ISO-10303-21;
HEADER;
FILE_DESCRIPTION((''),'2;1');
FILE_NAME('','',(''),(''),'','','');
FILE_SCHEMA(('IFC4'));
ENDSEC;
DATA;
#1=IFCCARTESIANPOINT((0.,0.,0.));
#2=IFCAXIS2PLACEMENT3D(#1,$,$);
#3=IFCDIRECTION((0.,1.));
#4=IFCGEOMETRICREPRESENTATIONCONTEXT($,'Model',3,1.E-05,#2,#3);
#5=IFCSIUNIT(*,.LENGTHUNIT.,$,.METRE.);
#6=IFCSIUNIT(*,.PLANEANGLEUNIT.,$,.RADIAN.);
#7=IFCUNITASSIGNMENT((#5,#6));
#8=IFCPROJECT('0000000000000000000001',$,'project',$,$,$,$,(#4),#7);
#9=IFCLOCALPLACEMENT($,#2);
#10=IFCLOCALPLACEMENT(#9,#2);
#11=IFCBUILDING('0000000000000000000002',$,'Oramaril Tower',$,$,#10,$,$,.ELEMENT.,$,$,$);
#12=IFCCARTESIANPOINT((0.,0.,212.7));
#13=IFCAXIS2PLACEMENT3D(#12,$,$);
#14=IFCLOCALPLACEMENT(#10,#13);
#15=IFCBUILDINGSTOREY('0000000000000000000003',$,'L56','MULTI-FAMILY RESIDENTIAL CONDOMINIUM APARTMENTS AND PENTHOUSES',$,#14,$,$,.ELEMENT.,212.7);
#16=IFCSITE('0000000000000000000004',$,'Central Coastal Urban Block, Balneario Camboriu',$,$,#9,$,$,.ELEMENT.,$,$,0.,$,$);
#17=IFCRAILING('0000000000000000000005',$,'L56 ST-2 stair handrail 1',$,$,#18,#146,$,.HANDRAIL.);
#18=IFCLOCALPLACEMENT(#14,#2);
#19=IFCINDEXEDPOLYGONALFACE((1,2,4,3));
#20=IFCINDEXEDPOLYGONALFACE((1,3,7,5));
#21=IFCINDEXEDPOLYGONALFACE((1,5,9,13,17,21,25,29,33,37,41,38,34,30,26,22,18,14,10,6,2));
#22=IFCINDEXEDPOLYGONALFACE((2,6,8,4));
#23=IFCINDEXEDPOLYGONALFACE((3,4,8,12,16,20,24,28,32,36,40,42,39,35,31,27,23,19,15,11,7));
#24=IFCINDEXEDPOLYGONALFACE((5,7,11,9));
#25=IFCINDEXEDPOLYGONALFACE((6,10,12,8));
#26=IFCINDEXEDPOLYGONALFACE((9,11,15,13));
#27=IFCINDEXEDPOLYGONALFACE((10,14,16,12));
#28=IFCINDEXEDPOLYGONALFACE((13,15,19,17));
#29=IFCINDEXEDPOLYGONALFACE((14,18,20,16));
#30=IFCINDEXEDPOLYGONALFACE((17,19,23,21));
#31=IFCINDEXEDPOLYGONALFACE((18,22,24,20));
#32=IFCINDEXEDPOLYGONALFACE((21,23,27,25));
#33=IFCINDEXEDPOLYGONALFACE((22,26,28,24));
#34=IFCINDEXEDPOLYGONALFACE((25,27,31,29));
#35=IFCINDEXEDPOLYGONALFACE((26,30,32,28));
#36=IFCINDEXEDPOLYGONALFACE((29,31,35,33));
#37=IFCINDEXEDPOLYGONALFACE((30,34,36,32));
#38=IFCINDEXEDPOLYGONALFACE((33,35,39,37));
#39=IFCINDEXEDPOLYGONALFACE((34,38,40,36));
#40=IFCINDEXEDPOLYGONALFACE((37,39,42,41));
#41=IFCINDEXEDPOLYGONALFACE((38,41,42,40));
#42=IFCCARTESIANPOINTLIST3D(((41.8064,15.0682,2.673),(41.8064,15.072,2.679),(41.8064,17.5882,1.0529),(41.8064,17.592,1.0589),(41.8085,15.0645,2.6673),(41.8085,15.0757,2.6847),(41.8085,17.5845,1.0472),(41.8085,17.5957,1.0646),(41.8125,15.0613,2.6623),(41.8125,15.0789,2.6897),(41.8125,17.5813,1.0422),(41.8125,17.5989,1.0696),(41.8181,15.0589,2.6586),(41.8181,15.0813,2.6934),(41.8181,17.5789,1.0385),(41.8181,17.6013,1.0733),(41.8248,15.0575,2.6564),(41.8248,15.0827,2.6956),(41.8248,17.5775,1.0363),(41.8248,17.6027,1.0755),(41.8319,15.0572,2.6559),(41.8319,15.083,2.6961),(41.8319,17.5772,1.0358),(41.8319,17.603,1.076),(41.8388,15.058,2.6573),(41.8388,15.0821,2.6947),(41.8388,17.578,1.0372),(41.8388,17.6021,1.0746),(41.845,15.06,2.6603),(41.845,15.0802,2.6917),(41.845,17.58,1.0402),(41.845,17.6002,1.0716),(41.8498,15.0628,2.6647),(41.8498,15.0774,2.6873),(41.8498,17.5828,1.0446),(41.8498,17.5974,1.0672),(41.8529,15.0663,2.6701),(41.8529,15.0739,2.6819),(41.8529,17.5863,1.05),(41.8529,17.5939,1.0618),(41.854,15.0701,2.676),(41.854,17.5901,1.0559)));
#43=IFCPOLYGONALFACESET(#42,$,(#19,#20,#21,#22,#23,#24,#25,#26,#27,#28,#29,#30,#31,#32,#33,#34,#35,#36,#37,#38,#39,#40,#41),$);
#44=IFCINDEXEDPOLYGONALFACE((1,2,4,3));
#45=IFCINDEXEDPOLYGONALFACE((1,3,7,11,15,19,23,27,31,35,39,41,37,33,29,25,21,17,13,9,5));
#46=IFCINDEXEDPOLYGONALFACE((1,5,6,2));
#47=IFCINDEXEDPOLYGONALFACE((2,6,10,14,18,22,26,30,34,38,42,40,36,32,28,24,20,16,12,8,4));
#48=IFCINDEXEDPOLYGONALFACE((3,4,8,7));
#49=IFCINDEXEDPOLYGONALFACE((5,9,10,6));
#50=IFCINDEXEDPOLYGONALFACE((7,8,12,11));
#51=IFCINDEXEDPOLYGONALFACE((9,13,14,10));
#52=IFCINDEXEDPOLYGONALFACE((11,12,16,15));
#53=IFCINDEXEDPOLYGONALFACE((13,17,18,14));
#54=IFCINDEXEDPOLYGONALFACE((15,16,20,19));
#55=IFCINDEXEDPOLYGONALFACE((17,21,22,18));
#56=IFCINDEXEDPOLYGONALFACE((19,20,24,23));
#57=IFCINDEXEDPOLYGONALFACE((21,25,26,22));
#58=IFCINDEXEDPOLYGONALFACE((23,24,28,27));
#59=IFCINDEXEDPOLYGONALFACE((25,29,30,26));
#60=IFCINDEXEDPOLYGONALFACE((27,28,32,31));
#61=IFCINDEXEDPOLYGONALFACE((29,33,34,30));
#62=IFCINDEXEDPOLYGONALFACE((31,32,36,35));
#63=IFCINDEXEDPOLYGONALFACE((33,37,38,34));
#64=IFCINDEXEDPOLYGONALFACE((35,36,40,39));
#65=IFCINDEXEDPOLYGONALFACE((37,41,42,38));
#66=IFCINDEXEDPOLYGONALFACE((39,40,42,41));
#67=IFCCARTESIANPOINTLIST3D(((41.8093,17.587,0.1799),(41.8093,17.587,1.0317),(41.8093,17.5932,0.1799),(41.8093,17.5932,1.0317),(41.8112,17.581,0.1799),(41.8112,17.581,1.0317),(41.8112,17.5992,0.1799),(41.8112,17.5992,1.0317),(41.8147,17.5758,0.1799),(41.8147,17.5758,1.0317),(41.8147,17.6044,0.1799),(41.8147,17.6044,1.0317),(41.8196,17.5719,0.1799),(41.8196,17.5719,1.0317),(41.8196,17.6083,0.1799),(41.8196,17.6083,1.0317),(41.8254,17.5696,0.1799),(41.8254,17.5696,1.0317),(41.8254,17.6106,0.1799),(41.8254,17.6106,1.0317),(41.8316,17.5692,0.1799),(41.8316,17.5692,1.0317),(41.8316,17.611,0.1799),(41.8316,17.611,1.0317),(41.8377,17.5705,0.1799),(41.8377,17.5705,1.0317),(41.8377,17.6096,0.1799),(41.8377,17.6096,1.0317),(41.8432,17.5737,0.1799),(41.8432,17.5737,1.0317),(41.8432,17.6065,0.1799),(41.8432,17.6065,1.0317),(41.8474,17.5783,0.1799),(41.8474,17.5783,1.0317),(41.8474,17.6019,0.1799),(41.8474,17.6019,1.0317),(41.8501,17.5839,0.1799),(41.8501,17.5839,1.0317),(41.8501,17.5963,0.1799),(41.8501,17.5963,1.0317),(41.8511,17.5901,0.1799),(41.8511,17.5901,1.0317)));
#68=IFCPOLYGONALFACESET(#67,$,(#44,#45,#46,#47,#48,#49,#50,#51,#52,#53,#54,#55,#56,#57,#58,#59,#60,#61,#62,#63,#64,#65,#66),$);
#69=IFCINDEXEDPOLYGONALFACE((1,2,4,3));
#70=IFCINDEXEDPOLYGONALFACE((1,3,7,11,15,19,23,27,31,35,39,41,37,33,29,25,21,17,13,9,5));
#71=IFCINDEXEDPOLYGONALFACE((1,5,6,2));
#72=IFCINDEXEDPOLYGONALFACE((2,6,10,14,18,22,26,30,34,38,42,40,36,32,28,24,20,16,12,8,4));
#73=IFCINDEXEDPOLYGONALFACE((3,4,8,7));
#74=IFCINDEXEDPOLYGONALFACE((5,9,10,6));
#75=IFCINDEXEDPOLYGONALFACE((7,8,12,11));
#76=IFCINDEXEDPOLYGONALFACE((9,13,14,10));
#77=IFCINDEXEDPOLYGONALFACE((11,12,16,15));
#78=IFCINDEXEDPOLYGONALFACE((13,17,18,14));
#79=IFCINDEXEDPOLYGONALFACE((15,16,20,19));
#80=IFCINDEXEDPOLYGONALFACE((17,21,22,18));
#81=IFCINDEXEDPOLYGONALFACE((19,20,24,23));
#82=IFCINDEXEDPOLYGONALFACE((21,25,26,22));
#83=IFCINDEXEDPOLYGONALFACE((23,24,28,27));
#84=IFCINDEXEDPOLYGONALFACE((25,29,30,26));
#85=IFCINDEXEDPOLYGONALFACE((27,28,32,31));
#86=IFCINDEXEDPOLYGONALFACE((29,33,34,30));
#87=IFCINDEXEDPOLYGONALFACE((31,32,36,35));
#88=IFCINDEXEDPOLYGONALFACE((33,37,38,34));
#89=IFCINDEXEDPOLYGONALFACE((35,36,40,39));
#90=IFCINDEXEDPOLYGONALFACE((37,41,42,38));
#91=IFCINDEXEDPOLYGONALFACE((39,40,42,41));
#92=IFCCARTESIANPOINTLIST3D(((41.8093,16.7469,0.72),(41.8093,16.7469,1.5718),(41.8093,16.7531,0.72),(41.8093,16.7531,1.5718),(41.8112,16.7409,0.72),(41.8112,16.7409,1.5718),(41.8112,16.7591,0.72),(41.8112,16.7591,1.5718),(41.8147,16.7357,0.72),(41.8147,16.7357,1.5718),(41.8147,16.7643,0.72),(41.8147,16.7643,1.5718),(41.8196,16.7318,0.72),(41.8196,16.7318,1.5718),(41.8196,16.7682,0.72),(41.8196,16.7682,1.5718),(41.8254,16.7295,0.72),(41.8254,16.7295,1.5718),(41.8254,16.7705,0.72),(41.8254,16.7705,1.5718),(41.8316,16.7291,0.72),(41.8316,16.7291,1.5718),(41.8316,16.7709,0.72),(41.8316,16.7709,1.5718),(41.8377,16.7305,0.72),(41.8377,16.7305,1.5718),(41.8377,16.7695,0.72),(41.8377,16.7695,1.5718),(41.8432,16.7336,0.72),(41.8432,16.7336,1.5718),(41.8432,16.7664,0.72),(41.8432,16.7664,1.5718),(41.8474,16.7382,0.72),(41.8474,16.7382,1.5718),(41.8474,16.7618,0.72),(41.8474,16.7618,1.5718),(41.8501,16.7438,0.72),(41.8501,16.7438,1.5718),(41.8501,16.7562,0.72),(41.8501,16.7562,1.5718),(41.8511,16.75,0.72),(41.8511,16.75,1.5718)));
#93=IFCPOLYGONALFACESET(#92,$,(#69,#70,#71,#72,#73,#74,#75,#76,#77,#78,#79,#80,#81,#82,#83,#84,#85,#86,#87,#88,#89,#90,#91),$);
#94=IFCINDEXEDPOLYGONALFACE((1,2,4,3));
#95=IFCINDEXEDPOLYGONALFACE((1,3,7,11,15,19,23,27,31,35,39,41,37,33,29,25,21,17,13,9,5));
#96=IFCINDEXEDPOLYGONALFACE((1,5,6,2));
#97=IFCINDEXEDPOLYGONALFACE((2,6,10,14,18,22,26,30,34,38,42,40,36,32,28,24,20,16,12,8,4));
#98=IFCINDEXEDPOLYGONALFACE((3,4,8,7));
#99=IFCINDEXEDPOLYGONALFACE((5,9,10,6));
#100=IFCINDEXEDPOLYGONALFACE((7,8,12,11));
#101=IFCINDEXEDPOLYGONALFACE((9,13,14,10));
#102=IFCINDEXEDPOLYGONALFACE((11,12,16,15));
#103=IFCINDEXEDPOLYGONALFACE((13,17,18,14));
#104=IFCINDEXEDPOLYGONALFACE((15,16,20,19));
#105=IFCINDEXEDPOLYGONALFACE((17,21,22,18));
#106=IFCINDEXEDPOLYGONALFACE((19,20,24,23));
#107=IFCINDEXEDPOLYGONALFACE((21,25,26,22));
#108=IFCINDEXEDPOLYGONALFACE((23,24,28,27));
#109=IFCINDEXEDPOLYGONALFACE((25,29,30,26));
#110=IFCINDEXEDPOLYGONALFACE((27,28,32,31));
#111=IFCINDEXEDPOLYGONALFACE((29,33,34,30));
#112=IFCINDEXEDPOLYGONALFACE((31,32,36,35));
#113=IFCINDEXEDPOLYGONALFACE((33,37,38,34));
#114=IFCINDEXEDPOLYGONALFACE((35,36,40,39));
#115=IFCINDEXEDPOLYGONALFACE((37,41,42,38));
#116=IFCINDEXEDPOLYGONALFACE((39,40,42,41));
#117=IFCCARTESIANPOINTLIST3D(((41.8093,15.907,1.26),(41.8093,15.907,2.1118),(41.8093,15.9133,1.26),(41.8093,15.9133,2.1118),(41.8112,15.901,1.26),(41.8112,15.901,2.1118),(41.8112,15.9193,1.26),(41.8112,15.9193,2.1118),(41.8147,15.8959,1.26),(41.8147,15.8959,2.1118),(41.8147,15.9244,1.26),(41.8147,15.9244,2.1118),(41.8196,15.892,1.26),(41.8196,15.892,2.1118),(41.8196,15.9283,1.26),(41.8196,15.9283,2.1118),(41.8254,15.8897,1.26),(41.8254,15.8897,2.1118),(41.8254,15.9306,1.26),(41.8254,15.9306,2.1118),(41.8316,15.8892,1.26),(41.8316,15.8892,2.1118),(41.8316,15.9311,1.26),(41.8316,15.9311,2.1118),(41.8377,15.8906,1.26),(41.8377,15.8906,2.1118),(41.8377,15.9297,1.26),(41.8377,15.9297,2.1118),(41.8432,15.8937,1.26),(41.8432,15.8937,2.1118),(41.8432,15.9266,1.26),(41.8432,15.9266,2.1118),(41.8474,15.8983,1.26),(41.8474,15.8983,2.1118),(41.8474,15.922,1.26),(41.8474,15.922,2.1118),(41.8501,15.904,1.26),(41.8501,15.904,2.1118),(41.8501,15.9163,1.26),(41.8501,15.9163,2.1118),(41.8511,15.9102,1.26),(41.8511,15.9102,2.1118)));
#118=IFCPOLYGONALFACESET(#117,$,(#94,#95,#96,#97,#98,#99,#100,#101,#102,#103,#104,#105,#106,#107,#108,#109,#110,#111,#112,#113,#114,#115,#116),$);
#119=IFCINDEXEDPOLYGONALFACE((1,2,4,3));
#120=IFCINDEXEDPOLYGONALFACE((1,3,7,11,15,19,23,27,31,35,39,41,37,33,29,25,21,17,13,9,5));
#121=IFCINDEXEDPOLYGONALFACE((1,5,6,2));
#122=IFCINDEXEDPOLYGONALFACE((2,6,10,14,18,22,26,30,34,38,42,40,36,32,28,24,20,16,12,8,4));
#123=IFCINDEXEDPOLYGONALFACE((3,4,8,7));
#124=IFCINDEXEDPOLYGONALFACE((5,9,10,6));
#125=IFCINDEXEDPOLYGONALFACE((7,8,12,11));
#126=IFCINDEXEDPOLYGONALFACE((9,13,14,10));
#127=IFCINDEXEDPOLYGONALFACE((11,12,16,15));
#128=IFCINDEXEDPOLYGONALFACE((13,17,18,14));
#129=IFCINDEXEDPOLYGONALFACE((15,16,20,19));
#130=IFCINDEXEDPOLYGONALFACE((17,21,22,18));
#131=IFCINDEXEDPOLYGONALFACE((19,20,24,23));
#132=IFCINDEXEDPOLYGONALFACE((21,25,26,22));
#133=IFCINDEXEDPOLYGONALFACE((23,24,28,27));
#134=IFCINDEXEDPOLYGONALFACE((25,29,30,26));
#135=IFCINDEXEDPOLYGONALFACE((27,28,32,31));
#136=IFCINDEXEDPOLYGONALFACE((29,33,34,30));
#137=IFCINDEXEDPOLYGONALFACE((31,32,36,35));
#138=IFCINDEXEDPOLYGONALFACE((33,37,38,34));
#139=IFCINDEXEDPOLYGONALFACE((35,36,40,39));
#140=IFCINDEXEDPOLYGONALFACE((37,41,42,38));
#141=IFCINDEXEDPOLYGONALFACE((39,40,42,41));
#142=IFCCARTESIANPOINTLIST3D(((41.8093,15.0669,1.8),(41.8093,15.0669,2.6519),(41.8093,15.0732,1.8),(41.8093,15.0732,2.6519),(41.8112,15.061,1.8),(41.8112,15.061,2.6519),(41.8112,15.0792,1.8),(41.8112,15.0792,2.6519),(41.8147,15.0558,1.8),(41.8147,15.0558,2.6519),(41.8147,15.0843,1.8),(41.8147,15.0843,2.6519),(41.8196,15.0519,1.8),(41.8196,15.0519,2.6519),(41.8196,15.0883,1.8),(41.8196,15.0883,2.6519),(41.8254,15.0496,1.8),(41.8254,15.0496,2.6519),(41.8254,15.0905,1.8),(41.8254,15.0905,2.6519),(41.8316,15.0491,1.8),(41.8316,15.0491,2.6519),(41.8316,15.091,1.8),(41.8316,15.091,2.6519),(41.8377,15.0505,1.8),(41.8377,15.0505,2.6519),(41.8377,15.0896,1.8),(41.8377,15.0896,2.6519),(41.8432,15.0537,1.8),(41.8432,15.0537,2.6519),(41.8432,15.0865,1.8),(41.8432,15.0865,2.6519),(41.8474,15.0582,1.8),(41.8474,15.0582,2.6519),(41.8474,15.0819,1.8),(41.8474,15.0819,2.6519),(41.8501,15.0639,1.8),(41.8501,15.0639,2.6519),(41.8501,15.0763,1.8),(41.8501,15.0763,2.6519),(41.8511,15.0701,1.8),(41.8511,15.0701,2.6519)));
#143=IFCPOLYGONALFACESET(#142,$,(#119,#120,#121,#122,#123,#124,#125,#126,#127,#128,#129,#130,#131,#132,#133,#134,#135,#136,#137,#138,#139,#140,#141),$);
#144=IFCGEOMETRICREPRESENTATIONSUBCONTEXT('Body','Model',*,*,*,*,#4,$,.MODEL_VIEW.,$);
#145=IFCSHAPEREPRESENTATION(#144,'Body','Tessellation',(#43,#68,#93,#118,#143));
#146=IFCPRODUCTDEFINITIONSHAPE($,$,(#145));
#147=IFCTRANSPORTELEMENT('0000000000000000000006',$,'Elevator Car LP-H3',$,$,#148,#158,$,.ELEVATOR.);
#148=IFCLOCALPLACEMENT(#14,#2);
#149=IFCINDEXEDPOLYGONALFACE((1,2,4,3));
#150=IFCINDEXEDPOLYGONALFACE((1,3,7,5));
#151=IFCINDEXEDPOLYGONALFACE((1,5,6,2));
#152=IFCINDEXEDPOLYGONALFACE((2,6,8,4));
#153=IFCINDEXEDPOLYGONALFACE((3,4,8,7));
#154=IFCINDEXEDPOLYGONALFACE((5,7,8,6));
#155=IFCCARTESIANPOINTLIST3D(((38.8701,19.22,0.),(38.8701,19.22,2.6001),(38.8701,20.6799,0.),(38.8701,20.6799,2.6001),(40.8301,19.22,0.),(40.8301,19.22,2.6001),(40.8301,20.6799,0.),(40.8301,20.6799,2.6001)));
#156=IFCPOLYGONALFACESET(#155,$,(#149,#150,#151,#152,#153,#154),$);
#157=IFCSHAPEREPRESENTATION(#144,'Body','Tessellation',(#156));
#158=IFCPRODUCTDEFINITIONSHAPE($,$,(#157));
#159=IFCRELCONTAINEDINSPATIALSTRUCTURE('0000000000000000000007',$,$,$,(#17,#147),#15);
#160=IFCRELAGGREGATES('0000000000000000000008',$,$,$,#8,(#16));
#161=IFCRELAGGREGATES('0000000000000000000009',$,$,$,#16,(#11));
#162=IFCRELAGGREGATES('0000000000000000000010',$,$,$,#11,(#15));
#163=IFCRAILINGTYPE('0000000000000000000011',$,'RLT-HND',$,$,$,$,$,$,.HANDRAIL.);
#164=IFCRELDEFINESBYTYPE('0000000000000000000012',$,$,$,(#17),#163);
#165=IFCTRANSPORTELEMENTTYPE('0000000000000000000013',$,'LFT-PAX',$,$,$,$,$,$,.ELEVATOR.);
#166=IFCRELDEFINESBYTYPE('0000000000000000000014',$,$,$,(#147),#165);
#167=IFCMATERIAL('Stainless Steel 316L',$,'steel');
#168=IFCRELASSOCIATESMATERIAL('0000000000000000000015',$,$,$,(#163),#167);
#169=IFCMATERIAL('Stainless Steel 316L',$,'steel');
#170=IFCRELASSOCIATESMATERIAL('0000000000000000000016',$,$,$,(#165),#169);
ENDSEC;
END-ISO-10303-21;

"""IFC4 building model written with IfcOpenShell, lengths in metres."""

from ifc_helpers import new_model, si_unit, direction, frame, origin, origin_2d, place, context, subcontext, project, spatial, rectangle, circle, extrude, material, type_object, element, save


model = new_model("IFC4")

# Units and contexts
model_context = context("Model", 3, precision=1e-05, world=origin(), true_north=direction((0.0, 1.0)))
body_context = subcontext(model_context, "Body", "Model", "MODEL_VIEW")
ifc_project = project(units=[si_unit("LENGTHUNIT", "METRE"), si_unit("PLANEANGLEUNIT", "RADIAN")], contexts=[model_context])

# Site, building, storey
site_placement = place(None, origin())
site = spatial("IfcSite", under=ifc_project, at=site_placement, Name="Central Coastal Urban Block, Balneario Camboriu", CompositionType="ELEMENT", RefElevation=0.0)
building_placement = place(site_placement, origin())
building = spatial("IfcBuilding", under=site, at=building_placement, Name="Oramaril Tower", CompositionType="ELEMENT")
storey_placement = place(building_placement, frame((0.0, 0.0, 212.7)))
storey = spatial("IfcBuildingStorey", under=building, at=storey_placement, Name="L56", Description="MULTI-FAMILY RESIDENTIAL CONDOMINIUM APARTMENTS AND PENTHOUSES", CompositionType="ELEMENT", Elevation=212.7)

# Railing
ifc_material_1 = material(Name="Stainless Steel 316L", Category="steel")
railing_type = type_object("IfcRailingType", Name="RLT-HND", PredefinedType="HANDRAIL", material=ifc_material_1)
railing_placement = place(storey_placement, frame((41.8301, 17.5901, 0.1799)))
element("IfcRailing", 1, at=railing_placement, inside=storey, type_object=railing_type, Name="L56 ST-2 stair handrail 1", PredefinedType="HANDRAIL", context=body_context, shape_type="SweptSolid", body=[
    extrude(circle(Radius=0.0239, at=origin_2d()), frame((0.0, 0.0, 0.876), z_axis=(0.0, -0.841163, 0.540782), x_axis=(1.0, 0.0, 0.0)), (0.0, 0.0, 1.0), 2.9958),
    extrude(circle(Radius=0.021, at=origin_2d()), origin(), (0.0, 0.0, 1.0), 0.8518),
    extrude(circle(Radius=0.021, at=origin_2d()), frame((0.0, -0.8401, 0.54)), (0.0, 0.0, 1.0), 0.8518),
    extrude(circle(Radius=0.021, at=origin_2d()), frame((0.0, -1.6799, 1.0801)), (0.0, 0.0, 1.0), 0.8518),
    extrude(circle(Radius=0.021, at=origin_2d()), frame((0.0, -2.52, 1.6201)), (0.0, 0.0, 1.0), 0.8518),
])

# Transport element
ifc_material_2 = material(Name="Stainless Steel 316L", Category="steel")
transport_element_type = type_object("IfcTransportElementType", Name="LFT-PAX", PredefinedType="ELEVATOR", material=ifc_material_2)
transport_element_placement = place(storey_placement, frame((39.8501, 19.95, 0.0), z_axis=(0.0, 0.0, 1.0), x_axis=(1.0, 0.0, 0.0)))
element("IfcTransportElement", 2, at=transport_element_placement, inside=storey, type_object=transport_element_type, Name="Elevator Car LP-H3", PredefinedType="ELEVATOR", context=body_context, shape_type="SweptSolid", body=[
    extrude(rectangle(XDim=1.96, YDim=1.46, at=origin_2d()), origin(), (0.0, 0.0, 1.0), 2.6001),
])

save(model, "model.ifc")
